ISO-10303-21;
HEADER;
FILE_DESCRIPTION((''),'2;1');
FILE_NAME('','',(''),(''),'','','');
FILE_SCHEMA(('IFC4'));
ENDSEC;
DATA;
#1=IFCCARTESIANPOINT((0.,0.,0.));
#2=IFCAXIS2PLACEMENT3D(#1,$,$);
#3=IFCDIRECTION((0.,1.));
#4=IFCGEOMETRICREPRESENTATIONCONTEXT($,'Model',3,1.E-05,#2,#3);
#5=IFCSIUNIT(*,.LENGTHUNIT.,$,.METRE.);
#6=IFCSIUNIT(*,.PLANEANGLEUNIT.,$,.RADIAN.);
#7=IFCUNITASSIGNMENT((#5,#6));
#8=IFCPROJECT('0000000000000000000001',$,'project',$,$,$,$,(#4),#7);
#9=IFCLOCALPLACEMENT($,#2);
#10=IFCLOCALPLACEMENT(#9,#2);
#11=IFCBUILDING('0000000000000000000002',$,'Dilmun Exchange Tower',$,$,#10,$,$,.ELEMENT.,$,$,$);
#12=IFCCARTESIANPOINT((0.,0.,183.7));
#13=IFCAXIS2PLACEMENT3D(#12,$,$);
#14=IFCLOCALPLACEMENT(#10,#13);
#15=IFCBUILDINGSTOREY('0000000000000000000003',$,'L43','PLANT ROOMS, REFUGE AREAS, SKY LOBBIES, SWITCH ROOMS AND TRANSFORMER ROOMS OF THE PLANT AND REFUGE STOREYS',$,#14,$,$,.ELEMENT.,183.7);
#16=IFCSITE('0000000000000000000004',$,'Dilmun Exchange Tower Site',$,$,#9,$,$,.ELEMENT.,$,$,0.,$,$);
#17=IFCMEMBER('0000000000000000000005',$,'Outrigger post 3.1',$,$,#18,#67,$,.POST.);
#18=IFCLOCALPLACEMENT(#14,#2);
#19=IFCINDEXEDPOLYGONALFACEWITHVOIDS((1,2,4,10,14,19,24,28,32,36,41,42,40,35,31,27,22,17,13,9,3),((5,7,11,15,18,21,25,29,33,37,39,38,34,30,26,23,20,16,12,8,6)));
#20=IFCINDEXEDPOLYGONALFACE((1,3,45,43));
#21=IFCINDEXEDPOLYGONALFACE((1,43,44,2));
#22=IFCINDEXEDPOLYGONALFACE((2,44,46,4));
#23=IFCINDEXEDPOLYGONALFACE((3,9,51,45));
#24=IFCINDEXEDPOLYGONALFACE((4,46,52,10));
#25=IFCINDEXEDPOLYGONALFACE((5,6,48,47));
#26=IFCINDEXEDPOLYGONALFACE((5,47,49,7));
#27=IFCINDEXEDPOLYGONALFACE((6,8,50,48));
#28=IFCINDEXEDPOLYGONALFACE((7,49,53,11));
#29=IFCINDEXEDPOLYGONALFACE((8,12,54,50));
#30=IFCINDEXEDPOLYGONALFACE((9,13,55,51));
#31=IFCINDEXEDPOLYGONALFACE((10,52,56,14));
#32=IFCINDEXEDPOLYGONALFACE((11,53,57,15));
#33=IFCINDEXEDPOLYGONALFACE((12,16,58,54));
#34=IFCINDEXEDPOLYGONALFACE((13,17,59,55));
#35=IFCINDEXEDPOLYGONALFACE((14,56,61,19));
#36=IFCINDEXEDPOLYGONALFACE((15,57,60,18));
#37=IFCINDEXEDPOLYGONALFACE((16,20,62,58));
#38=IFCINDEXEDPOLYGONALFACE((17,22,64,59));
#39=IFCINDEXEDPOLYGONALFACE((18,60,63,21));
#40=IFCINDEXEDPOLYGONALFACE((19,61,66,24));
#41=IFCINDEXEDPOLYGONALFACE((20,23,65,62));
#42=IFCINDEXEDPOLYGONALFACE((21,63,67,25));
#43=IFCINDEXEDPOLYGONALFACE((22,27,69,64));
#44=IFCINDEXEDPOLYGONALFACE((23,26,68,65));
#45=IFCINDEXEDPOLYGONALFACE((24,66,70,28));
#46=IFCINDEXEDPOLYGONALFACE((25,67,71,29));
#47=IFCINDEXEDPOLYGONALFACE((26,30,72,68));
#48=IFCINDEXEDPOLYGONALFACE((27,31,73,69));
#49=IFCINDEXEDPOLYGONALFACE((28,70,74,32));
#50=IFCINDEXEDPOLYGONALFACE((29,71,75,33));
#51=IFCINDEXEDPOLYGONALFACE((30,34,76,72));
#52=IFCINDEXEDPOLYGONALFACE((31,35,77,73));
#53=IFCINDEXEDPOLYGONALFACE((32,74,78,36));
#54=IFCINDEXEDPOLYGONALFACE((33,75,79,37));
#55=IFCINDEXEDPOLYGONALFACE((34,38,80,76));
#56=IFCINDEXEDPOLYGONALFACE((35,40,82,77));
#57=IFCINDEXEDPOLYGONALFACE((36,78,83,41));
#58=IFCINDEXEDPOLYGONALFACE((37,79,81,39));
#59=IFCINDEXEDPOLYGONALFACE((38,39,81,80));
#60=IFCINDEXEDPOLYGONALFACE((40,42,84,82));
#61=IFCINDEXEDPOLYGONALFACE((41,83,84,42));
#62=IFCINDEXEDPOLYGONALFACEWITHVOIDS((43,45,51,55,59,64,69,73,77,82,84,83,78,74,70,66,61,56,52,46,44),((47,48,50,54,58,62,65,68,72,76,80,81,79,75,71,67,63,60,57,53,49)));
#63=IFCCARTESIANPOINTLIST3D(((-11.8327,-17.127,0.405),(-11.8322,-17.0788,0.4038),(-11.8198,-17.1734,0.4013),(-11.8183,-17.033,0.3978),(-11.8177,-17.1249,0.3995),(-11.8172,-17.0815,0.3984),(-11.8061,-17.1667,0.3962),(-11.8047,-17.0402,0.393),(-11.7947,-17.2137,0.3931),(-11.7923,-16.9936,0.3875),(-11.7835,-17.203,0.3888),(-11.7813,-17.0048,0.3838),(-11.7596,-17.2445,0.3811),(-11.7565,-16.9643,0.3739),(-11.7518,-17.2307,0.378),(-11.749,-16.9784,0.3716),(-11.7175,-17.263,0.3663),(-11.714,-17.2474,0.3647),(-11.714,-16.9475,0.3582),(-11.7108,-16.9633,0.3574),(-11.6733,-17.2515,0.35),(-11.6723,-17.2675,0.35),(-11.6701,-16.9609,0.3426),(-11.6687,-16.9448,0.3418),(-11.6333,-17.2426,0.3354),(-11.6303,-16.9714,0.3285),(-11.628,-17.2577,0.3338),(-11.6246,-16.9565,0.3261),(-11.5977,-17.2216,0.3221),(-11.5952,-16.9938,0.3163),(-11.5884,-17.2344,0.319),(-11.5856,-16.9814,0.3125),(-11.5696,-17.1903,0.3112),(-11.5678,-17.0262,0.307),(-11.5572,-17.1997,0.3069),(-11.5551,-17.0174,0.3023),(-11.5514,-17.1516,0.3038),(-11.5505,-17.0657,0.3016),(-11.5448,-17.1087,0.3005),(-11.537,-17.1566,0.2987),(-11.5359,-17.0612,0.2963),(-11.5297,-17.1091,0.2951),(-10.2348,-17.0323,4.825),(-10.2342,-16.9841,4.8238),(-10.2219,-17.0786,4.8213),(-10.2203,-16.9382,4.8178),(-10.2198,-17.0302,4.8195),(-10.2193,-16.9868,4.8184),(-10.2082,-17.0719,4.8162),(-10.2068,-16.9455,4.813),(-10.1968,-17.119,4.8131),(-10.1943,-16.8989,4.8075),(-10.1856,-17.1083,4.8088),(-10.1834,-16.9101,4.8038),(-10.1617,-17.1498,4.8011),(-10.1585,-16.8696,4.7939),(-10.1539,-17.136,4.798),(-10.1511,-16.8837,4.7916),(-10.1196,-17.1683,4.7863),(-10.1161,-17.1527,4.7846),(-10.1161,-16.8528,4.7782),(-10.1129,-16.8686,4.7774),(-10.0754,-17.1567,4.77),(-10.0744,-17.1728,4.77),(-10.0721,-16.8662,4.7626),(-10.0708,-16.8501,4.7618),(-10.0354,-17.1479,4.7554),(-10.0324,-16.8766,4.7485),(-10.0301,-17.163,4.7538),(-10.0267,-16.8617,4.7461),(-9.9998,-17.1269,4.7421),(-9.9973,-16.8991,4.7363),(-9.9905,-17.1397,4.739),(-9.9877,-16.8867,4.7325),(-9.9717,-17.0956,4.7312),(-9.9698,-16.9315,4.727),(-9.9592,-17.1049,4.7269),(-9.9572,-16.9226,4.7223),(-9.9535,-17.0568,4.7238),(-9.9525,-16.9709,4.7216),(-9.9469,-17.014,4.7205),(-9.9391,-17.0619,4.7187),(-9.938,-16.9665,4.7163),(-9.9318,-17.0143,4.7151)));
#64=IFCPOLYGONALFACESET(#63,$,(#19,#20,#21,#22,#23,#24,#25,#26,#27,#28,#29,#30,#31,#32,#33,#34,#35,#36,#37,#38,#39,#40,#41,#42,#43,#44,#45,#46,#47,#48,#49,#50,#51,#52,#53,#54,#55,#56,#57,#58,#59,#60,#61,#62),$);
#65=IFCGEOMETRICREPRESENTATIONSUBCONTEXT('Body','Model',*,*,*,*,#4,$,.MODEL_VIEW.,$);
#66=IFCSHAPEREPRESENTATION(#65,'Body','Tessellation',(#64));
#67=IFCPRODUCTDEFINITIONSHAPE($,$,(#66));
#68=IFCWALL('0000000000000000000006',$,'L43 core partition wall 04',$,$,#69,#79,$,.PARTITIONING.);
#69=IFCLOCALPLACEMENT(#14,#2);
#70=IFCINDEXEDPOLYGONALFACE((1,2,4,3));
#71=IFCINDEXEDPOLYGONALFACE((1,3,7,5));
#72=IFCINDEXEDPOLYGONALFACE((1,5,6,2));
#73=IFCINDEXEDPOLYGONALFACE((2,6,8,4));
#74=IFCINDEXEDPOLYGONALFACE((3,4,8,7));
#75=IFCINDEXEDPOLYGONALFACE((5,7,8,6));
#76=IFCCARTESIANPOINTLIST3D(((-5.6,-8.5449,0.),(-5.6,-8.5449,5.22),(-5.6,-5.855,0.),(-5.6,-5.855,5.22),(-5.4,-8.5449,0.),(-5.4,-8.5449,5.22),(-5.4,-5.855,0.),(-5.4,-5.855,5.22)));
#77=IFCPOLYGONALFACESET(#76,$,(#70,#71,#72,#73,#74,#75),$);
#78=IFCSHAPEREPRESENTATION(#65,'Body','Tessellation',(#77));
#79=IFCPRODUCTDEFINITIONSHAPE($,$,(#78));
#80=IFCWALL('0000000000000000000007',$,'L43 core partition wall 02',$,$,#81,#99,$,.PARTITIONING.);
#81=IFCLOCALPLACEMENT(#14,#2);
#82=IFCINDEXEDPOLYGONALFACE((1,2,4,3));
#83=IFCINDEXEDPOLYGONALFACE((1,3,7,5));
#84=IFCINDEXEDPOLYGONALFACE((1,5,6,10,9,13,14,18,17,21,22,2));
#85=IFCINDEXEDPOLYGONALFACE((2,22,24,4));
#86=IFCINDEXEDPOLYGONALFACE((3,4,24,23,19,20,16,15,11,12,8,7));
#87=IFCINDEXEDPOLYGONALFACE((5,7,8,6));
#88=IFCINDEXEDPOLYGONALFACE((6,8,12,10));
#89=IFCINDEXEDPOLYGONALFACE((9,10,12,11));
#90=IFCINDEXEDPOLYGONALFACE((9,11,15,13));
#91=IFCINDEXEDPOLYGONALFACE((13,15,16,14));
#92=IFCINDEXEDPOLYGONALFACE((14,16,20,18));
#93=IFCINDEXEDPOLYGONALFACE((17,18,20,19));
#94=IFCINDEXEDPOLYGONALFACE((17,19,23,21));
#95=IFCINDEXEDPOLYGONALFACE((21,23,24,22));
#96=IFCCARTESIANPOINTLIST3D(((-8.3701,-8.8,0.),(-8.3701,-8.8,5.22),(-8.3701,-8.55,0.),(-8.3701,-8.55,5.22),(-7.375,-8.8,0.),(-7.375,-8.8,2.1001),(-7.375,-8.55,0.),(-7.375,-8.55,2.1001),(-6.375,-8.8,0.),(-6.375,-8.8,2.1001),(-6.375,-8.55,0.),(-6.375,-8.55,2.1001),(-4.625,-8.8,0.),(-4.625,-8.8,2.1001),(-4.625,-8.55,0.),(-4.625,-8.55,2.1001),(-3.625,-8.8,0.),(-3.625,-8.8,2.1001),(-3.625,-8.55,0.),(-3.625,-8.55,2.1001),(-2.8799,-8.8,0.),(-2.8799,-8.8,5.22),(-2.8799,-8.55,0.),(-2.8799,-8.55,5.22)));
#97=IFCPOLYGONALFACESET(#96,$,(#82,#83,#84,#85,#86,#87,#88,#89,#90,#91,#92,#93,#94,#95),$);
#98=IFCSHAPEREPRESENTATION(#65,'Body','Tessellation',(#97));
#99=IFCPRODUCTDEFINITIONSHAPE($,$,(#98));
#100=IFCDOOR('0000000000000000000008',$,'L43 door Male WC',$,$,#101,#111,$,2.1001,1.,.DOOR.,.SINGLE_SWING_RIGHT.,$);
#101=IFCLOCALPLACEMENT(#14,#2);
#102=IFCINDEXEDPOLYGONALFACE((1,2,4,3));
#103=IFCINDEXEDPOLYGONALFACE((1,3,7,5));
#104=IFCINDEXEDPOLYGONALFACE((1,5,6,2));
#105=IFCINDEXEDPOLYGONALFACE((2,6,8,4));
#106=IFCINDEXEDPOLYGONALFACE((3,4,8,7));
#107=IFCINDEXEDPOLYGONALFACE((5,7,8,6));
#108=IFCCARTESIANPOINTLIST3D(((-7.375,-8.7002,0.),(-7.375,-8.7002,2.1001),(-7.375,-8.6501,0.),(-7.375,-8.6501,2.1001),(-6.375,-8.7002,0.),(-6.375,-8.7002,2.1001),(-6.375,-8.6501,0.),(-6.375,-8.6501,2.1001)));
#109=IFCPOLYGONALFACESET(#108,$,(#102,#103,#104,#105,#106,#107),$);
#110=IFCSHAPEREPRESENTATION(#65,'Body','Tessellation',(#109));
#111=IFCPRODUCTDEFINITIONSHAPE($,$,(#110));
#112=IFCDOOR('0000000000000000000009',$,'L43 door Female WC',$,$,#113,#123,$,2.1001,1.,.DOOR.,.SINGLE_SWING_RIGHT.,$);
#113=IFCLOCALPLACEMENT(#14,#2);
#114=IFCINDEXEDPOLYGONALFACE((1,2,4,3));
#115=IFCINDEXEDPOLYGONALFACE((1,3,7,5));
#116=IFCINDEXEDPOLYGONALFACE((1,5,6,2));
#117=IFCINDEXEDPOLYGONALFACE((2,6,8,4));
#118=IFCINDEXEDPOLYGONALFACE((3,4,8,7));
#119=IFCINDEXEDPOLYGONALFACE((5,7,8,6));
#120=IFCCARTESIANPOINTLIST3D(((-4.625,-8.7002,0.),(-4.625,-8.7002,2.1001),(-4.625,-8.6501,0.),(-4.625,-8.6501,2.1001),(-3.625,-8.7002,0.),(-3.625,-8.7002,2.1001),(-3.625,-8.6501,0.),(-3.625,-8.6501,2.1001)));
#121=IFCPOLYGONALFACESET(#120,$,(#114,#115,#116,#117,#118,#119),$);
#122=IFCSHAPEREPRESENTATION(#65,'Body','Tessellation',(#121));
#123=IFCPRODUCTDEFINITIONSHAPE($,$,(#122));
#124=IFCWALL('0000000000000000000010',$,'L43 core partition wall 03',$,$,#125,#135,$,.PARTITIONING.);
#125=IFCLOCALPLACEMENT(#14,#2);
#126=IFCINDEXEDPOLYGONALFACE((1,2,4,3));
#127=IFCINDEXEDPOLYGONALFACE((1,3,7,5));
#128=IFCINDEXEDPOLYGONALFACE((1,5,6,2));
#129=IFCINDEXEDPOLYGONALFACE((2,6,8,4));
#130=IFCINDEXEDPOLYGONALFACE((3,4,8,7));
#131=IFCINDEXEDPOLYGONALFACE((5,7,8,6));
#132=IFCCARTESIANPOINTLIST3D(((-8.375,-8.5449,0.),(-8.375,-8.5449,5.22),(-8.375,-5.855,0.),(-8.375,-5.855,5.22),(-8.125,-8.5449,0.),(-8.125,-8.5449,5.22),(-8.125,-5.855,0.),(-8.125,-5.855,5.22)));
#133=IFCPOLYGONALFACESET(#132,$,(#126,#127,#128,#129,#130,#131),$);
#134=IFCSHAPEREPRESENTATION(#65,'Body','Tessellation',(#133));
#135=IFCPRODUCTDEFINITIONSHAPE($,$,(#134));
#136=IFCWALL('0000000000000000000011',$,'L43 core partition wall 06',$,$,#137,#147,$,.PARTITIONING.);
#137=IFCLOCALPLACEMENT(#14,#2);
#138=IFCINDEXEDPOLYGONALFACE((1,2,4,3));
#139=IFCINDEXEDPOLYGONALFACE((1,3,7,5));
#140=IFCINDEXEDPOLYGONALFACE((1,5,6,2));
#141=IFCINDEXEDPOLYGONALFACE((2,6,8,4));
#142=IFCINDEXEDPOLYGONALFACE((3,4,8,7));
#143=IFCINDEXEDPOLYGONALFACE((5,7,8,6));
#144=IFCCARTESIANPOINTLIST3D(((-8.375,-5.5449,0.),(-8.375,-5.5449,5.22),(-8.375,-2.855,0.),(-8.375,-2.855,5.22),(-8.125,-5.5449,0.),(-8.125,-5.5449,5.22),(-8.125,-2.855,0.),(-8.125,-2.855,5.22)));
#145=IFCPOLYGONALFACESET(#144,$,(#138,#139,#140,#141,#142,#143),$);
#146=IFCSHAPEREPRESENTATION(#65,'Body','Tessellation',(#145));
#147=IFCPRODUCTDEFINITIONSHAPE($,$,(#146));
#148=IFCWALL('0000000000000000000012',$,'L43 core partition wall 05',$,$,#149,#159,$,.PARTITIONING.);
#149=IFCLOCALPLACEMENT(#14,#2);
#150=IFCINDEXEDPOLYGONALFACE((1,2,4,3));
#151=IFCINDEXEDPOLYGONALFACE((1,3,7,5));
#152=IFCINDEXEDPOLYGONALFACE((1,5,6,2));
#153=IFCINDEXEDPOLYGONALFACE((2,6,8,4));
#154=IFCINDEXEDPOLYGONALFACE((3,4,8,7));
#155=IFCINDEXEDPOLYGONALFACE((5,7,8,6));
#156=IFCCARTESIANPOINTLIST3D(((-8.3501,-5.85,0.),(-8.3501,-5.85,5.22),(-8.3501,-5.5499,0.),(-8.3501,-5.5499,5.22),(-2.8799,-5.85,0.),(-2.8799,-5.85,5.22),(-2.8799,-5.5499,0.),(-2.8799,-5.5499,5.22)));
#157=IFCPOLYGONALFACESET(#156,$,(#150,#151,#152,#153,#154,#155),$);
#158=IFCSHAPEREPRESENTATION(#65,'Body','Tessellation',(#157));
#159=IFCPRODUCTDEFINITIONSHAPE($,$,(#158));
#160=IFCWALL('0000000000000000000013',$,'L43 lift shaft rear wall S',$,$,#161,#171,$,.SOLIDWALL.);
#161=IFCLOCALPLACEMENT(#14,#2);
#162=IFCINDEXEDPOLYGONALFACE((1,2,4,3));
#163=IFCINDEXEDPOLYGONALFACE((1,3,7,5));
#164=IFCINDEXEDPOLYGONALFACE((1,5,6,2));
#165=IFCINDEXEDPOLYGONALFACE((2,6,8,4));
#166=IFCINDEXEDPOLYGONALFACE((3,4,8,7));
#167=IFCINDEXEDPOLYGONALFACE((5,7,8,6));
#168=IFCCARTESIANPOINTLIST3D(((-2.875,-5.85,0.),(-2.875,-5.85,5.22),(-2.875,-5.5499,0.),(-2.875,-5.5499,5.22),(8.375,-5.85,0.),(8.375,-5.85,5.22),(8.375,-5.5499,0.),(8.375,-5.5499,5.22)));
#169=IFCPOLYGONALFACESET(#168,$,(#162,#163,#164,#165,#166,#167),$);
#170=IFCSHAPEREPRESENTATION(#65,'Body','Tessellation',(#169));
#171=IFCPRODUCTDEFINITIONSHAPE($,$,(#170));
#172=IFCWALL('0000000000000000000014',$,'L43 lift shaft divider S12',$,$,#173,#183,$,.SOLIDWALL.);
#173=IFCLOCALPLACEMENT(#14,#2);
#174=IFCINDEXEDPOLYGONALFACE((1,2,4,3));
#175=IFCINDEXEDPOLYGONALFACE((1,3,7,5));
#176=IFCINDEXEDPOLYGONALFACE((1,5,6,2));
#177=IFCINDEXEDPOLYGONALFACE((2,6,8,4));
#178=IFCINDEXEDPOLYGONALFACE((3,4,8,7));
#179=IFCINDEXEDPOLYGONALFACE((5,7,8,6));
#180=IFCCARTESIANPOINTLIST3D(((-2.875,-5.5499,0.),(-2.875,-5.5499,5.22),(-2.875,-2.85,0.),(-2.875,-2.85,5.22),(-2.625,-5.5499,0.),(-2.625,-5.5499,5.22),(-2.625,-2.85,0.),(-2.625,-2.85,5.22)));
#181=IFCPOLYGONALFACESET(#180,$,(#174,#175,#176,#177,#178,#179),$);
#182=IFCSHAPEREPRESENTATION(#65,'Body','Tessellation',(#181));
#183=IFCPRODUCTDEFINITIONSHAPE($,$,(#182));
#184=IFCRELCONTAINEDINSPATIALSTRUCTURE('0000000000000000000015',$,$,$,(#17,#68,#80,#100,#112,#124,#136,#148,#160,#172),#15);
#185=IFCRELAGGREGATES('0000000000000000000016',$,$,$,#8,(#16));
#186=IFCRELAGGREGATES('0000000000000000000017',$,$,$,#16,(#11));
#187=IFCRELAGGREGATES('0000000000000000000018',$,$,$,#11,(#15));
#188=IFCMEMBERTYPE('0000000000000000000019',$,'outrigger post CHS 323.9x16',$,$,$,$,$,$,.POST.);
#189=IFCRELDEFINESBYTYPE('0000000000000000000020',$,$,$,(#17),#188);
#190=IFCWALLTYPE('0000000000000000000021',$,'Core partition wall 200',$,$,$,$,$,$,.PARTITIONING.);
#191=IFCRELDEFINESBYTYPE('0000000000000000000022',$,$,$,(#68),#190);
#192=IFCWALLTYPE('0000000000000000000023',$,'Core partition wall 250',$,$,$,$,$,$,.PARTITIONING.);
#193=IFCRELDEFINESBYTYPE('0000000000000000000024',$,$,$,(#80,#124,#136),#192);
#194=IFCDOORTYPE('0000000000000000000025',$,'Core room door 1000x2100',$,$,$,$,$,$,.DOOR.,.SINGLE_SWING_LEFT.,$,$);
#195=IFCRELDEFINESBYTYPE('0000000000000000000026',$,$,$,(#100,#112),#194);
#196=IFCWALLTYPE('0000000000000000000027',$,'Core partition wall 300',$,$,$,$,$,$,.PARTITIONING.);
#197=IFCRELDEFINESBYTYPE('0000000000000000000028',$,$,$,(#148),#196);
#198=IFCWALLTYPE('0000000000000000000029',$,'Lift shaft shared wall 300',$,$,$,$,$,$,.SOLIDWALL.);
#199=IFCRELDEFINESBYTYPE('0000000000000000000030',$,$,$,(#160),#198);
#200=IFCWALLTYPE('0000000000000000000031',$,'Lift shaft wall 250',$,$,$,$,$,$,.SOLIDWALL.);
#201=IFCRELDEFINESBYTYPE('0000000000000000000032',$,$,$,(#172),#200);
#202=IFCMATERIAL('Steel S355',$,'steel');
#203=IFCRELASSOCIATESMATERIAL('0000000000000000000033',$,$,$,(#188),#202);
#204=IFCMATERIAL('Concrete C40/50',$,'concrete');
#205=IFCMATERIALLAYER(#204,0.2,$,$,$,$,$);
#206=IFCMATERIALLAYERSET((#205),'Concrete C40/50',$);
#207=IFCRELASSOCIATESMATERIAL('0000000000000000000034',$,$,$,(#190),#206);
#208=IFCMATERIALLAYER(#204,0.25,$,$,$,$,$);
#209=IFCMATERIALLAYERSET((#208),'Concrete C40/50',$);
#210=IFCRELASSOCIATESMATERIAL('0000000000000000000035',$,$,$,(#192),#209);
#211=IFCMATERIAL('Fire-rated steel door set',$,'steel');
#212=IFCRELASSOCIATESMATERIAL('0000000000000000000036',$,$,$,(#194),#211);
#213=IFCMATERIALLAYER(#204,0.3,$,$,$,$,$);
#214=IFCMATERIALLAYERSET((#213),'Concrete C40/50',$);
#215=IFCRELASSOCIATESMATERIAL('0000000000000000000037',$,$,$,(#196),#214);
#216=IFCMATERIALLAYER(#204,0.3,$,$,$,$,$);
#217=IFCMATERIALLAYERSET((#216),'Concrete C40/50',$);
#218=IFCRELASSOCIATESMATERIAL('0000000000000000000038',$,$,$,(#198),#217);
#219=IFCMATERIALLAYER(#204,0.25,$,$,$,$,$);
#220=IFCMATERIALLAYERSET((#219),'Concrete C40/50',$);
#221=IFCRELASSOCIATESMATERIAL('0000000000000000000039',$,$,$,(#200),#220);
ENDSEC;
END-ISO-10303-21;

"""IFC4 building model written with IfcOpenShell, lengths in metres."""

from ifc_helpers import new_model, si_unit, direction, frame, frame_2d, origin, origin_2d, place, context, subcontext, project, spatial, rectangle, hollow_circle, extrude, material, layer, layer_set, material_profile, profile_set, type_object, element, fill, save


model = new_model("IFC4")

# Units and contexts
model_context = context("Model", 3, precision=1e-05, world=origin(), true_north=direction((0.0, 1.0)))
body_context = subcontext(model_context, "Body", "Model", "MODEL_VIEW")
ifc_project = project(units=[si_unit("LENGTHUNIT", "METRE"), si_unit("PLANEANGLEUNIT", "RADIAN")], contexts=[model_context])

# Site, building, storey
site_placement = place(None, origin())
site = spatial("IfcSite", under=ifc_project, at=site_placement, Name="Dilmun Exchange Tower Site", CompositionType="ELEMENT", RefElevation=0.0)
building_placement = place(site_placement, origin())
building = spatial("IfcBuilding", under=site, at=building_placement, Name="Dilmun Exchange Tower", CompositionType="ELEMENT")
storey_placement = place(building_placement, frame((0.0, 0.0, 183.7)))
storey = spatial("IfcBuildingStorey", under=building, at=storey_placement, Name="L43", Description="PLANT ROOMS, REFUGE AREAS, SKY LOBBIES, SWITCH ROOMS AND TRANSFORMER ROOMS OF THE PLANT AND REFUGE STOREYS", CompositionType="ELEMENT", Elevation=183.7)

# Member
ifc_material_1 = material(Name="Steel S355", Category="steel")
ifc_material_profile = material_profile(ifc_material_1, hollow_circle(Radius=0.1619, WallThickness=0.0161, at=origin_2d()), Name="CHS 323.9x16")
ifc_profile_set = profile_set([ifc_material_profile], Name="Steel S355")
member_type = type_object("IfcMemberType", Name="outrigger post CHS 323.9x16", PredefinedType="POST", material=ifc_profile_set)
member_placement = place(storey_placement, frame((-10.084, -17.0112, 4.77), z_axis=(-0.339918, -0.020151, -0.940239), x_axis=(0.059178, -0.998247, 0.0)))
element("IfcMember", 1, at=member_placement, inside=storey, type_object=member_type, Name="Outrigger post 3.1", PredefinedType="POST", context=body_context, shape_type="SweptSolid", body=[
    extrude(hollow_circle(Radius=0.1619, WallThickness=0.0161, at=origin_2d()), origin(), (0.0, 0.0, 1.0), 4.7009),
])

# Wall
ifc_material_2 = material(Name="Concrete C40/50", Category="concrete")
ifc_layer_1 = layer(ifc_material_2, 0.2)
ifc_layer_set_1 = layer_set([ifc_layer_1], Name="Concrete C40/50")
wall_type_1 = type_object("IfcWallType", Name="Core partition wall 200", PredefinedType="PARTITIONING", material=ifc_layer_set_1)
wall_1_placement = place(storey_placement, frame((-5.5, -8.5449, 0.0), z_axis=(0.0, 0.0, 1.0), x_axis=(0.0, 1.0, 0.0)))
element("IfcWall", 2, at=wall_1_placement, inside=storey, type_object=wall_type_1, Name="L43 core partition wall 04", PredefinedType="PARTITIONING", context=body_context, shape_type="SweptSolid", body=[
    extrude(rectangle(XDim=2.6899, YDim=0.2, at=frame_2d((1.345, 0.0))), origin(), (0.0, 0.0, 1.0), 5.22),
])

# Wall, openings, doors
ifc_layer_2 = layer(ifc_material_2, 0.25)
ifc_layer_set_2 = layer_set([ifc_layer_2], Name="Concrete C40/50")
wall_type_2 = type_object("IfcWallType", Name="Core partition wall 250", PredefinedType="PARTITIONING", material=ifc_layer_set_2)
wall_2_placement = place(storey_placement, frame((-8.3701, -8.675, 0.0), z_axis=(0.0, 0.0, 1.0), x_axis=(1.0, 0.0, 0.0)))
wall_2 = element("IfcWall", 3, at=wall_2_placement, inside=storey, type_object=wall_type_2, Name="L43 core partition wall 02", PredefinedType="PARTITIONING", context=body_context, shape_type="SweptSolid", body=[
    extrude(rectangle(XDim=5.4902, YDim=0.25, at=frame_2d((2.7451, 0.0))), origin(), (0.0, 0.0, 1.0), 5.22),
])
opening_1_placement = place(wall_2_placement, frame((0.9951, 0.0, 0.0)))
opening_1 = element("IfcOpeningElement", 4, at=opening_1_placement, cuts=wall_2, PredefinedType="OPENING", context=body_context, shape_type="SweptSolid", body=[
    extrude(rectangle(XDim=1.0, YDim=2.1001, at=frame_2d((0.5, 1.05))), frame((0.0, 0.135, 0.0), z_axis=(0.0, -1.0, 0.0), x_axis=(1.0, 0.0, 0.0)), (0.0, 0.0, 1.0), 0.27),
])
opening_2_placement = place(wall_2_placement, frame((3.7451, 0.0, 0.0)))
opening_2 = element("IfcOpeningElement", 5, at=opening_2_placement, cuts=wall_2, PredefinedType="OPENING", context=body_context, shape_type="SweptSolid", body=[
    extrude(rectangle(XDim=1.0, YDim=2.1001, at=frame_2d((0.5, 1.05))), frame((0.0, 0.135, 0.0), z_axis=(0.0, -1.0, 0.0), x_axis=(1.0, 0.0, 0.0)), (0.0, 0.0, 1.0), 0.27),
])
ifc_material_3 = material(Name="Fire-rated steel door set", Category="steel")
door_type_1 = type_object("IfcDoorType", Name="Core room door 1000x2100", OperationType="SINGLE_SWING_LEFT", PredefinedType="DOOR", material=ifc_material_3)
door_1_placement = place(opening_1_placement, origin())
door_1 = element("IfcDoor", 6, at=door_1_placement, inside=storey, type_object=door_type_1, Name="L43 door Male WC", OperationType="SINGLE_SWING_RIGHT", OverallHeight=2.1001, OverallWidth=1.0, PredefinedType="DOOR", context=body_context, shape_type="SweptSolid", body=[
    extrude(rectangle(XDim=1.0, YDim=2.1001, at=frame_2d((0.5, 1.05))), frame((0.0, 0.0249, 0.0), z_axis=(0.0, -1.0, 0.0), x_axis=(1.0, 0.0, 0.0)), (0.0, 0.0, 1.0), 0.05),
])
fill(opening_1, door_1)
door_2_placement = place(opening_2_placement, origin())
door_2 = element("IfcDoor", 7, at=door_2_placement, inside=storey, type_object=door_type_1, Name="L43 door Female WC", OperationType="SINGLE_SWING_RIGHT", OverallHeight=2.1001, OverallWidth=1.0, PredefinedType="DOOR", context=body_context, shape_type="SweptSolid", body=[
    extrude(rectangle(XDim=1.0, YDim=2.1001, at=frame_2d((0.5, 1.05))), frame((0.0, 0.0249, 0.0), z_axis=(0.0, -1.0, 0.0), x_axis=(1.0, 0.0, 0.0)), (0.0, 0.0, 1.0), 0.05),
])
fill(opening_2, door_2)

# Walls
for number, where, z_axis, x_axis, name in (
    (8, (-8.25, -8.5449, 0.0), (0.0, 0.0, 1.0), (0.0, 1.0, 0.0), "L43 core partition wall 03"),
    (9, (-8.25, -5.5449, 0.0), (0.0, 0.0, 1.0), (0.0, 1.0, 0.0), "L43 core partition wall 06"),
):
    element("IfcWall", number, at=place(storey_placement, frame(where, z_axis=z_axis, x_axis=x_axis)), inside=storey, type_object=wall_type_2, Name=name, PredefinedType="PARTITIONING", context=body_context, shape_type="SweptSolid", body=[
        extrude(rectangle(XDim=2.6899, YDim=0.25, at=frame_2d((1.345, 0.0))), origin(), (0.0, 0.0, 1.0), 5.22),
    ])
ifc_layer_3 = layer(ifc_material_2, 0.3)
ifc_layer_set_3 = layer_set([ifc_layer_3], Name="Concrete C40/50")
wall_type_3 = type_object("IfcWallType", Name="Core partition wall 300", PredefinedType="PARTITIONING", material=ifc_layer_set_3)
wall_3_placement = place(storey_placement, frame((-8.3501, -5.7, 0.0), z_axis=(0.0, 0.0, 1.0), x_axis=(1.0, 0.0, 0.0)))
element("IfcWall", 10, at=wall_3_placement, inside=storey, type_object=wall_type_3, Name="L43 core partition wall 05", PredefinedType="PARTITIONING", context=body_context, shape_type="SweptSolid", body=[
    extrude(rectangle(XDim=5.4702, YDim=0.3, at=frame_2d((2.7351, 0.0))), origin(), (0.0, 0.0, 1.0), 5.22),
])
ifc_layer_4 = layer(ifc_material_2, 0.3)
ifc_layer_set_4 = layer_set([ifc_layer_4], Name="Concrete C40/50")
wall_type_4 = type_object("IfcWallType", Name="Lift shaft shared wall 300", PredefinedType="SOLIDWALL", material=ifc_layer_set_4)
wall_4_placement = place(storey_placement, frame((-2.875, -5.7, 0.0), z_axis=(0.0, 0.0, 1.0), x_axis=(1.0, 0.0, 0.0)))
element("IfcWall", 11, at=wall_4_placement, inside=storey, type_object=wall_type_4, Name="L43 lift shaft rear wall S", PredefinedType="SOLIDWALL", context=body_context, shape_type="SweptSolid", body=[
    extrude(rectangle(XDim=11.25, YDim=0.3, at=frame_2d((5.625, 0.0))), origin(), (0.0, 0.0, 1.0), 5.22),
])
ifc_layer_5 = layer(ifc_material_2, 0.25)
ifc_layer_set_5 = layer_set([ifc_layer_5], Name="Concrete C40/50")
wall_type_5 = type_object("IfcWallType", Name="Lift shaft wall 250", PredefinedType="SOLIDWALL", material=ifc_layer_set_5)
for number, where, z_axis, x_axis, name in (
    (12, (-2.75, -5.55, 0.0), (0.0, 0.0, 1.0), (0.0, 1.0, 0.0), "L43 lift shaft divider S12"),
):
    element("IfcWall", number, at=place(storey_placement, frame(where, z_axis=z_axis, x_axis=x_axis)), inside=storey, type_object=wall_type_5, Name=name, PredefinedType="SOLIDWALL", context=body_context, shape_type="SweptSolid", body=[
        extrude(rectangle(XDim=2.7, YDim=0.25, at=frame_2d((1.3501, 0.0))), origin(), (0.0, 0.0, 1.0), 5.22),
    ])

save(model, "model.ifc")
